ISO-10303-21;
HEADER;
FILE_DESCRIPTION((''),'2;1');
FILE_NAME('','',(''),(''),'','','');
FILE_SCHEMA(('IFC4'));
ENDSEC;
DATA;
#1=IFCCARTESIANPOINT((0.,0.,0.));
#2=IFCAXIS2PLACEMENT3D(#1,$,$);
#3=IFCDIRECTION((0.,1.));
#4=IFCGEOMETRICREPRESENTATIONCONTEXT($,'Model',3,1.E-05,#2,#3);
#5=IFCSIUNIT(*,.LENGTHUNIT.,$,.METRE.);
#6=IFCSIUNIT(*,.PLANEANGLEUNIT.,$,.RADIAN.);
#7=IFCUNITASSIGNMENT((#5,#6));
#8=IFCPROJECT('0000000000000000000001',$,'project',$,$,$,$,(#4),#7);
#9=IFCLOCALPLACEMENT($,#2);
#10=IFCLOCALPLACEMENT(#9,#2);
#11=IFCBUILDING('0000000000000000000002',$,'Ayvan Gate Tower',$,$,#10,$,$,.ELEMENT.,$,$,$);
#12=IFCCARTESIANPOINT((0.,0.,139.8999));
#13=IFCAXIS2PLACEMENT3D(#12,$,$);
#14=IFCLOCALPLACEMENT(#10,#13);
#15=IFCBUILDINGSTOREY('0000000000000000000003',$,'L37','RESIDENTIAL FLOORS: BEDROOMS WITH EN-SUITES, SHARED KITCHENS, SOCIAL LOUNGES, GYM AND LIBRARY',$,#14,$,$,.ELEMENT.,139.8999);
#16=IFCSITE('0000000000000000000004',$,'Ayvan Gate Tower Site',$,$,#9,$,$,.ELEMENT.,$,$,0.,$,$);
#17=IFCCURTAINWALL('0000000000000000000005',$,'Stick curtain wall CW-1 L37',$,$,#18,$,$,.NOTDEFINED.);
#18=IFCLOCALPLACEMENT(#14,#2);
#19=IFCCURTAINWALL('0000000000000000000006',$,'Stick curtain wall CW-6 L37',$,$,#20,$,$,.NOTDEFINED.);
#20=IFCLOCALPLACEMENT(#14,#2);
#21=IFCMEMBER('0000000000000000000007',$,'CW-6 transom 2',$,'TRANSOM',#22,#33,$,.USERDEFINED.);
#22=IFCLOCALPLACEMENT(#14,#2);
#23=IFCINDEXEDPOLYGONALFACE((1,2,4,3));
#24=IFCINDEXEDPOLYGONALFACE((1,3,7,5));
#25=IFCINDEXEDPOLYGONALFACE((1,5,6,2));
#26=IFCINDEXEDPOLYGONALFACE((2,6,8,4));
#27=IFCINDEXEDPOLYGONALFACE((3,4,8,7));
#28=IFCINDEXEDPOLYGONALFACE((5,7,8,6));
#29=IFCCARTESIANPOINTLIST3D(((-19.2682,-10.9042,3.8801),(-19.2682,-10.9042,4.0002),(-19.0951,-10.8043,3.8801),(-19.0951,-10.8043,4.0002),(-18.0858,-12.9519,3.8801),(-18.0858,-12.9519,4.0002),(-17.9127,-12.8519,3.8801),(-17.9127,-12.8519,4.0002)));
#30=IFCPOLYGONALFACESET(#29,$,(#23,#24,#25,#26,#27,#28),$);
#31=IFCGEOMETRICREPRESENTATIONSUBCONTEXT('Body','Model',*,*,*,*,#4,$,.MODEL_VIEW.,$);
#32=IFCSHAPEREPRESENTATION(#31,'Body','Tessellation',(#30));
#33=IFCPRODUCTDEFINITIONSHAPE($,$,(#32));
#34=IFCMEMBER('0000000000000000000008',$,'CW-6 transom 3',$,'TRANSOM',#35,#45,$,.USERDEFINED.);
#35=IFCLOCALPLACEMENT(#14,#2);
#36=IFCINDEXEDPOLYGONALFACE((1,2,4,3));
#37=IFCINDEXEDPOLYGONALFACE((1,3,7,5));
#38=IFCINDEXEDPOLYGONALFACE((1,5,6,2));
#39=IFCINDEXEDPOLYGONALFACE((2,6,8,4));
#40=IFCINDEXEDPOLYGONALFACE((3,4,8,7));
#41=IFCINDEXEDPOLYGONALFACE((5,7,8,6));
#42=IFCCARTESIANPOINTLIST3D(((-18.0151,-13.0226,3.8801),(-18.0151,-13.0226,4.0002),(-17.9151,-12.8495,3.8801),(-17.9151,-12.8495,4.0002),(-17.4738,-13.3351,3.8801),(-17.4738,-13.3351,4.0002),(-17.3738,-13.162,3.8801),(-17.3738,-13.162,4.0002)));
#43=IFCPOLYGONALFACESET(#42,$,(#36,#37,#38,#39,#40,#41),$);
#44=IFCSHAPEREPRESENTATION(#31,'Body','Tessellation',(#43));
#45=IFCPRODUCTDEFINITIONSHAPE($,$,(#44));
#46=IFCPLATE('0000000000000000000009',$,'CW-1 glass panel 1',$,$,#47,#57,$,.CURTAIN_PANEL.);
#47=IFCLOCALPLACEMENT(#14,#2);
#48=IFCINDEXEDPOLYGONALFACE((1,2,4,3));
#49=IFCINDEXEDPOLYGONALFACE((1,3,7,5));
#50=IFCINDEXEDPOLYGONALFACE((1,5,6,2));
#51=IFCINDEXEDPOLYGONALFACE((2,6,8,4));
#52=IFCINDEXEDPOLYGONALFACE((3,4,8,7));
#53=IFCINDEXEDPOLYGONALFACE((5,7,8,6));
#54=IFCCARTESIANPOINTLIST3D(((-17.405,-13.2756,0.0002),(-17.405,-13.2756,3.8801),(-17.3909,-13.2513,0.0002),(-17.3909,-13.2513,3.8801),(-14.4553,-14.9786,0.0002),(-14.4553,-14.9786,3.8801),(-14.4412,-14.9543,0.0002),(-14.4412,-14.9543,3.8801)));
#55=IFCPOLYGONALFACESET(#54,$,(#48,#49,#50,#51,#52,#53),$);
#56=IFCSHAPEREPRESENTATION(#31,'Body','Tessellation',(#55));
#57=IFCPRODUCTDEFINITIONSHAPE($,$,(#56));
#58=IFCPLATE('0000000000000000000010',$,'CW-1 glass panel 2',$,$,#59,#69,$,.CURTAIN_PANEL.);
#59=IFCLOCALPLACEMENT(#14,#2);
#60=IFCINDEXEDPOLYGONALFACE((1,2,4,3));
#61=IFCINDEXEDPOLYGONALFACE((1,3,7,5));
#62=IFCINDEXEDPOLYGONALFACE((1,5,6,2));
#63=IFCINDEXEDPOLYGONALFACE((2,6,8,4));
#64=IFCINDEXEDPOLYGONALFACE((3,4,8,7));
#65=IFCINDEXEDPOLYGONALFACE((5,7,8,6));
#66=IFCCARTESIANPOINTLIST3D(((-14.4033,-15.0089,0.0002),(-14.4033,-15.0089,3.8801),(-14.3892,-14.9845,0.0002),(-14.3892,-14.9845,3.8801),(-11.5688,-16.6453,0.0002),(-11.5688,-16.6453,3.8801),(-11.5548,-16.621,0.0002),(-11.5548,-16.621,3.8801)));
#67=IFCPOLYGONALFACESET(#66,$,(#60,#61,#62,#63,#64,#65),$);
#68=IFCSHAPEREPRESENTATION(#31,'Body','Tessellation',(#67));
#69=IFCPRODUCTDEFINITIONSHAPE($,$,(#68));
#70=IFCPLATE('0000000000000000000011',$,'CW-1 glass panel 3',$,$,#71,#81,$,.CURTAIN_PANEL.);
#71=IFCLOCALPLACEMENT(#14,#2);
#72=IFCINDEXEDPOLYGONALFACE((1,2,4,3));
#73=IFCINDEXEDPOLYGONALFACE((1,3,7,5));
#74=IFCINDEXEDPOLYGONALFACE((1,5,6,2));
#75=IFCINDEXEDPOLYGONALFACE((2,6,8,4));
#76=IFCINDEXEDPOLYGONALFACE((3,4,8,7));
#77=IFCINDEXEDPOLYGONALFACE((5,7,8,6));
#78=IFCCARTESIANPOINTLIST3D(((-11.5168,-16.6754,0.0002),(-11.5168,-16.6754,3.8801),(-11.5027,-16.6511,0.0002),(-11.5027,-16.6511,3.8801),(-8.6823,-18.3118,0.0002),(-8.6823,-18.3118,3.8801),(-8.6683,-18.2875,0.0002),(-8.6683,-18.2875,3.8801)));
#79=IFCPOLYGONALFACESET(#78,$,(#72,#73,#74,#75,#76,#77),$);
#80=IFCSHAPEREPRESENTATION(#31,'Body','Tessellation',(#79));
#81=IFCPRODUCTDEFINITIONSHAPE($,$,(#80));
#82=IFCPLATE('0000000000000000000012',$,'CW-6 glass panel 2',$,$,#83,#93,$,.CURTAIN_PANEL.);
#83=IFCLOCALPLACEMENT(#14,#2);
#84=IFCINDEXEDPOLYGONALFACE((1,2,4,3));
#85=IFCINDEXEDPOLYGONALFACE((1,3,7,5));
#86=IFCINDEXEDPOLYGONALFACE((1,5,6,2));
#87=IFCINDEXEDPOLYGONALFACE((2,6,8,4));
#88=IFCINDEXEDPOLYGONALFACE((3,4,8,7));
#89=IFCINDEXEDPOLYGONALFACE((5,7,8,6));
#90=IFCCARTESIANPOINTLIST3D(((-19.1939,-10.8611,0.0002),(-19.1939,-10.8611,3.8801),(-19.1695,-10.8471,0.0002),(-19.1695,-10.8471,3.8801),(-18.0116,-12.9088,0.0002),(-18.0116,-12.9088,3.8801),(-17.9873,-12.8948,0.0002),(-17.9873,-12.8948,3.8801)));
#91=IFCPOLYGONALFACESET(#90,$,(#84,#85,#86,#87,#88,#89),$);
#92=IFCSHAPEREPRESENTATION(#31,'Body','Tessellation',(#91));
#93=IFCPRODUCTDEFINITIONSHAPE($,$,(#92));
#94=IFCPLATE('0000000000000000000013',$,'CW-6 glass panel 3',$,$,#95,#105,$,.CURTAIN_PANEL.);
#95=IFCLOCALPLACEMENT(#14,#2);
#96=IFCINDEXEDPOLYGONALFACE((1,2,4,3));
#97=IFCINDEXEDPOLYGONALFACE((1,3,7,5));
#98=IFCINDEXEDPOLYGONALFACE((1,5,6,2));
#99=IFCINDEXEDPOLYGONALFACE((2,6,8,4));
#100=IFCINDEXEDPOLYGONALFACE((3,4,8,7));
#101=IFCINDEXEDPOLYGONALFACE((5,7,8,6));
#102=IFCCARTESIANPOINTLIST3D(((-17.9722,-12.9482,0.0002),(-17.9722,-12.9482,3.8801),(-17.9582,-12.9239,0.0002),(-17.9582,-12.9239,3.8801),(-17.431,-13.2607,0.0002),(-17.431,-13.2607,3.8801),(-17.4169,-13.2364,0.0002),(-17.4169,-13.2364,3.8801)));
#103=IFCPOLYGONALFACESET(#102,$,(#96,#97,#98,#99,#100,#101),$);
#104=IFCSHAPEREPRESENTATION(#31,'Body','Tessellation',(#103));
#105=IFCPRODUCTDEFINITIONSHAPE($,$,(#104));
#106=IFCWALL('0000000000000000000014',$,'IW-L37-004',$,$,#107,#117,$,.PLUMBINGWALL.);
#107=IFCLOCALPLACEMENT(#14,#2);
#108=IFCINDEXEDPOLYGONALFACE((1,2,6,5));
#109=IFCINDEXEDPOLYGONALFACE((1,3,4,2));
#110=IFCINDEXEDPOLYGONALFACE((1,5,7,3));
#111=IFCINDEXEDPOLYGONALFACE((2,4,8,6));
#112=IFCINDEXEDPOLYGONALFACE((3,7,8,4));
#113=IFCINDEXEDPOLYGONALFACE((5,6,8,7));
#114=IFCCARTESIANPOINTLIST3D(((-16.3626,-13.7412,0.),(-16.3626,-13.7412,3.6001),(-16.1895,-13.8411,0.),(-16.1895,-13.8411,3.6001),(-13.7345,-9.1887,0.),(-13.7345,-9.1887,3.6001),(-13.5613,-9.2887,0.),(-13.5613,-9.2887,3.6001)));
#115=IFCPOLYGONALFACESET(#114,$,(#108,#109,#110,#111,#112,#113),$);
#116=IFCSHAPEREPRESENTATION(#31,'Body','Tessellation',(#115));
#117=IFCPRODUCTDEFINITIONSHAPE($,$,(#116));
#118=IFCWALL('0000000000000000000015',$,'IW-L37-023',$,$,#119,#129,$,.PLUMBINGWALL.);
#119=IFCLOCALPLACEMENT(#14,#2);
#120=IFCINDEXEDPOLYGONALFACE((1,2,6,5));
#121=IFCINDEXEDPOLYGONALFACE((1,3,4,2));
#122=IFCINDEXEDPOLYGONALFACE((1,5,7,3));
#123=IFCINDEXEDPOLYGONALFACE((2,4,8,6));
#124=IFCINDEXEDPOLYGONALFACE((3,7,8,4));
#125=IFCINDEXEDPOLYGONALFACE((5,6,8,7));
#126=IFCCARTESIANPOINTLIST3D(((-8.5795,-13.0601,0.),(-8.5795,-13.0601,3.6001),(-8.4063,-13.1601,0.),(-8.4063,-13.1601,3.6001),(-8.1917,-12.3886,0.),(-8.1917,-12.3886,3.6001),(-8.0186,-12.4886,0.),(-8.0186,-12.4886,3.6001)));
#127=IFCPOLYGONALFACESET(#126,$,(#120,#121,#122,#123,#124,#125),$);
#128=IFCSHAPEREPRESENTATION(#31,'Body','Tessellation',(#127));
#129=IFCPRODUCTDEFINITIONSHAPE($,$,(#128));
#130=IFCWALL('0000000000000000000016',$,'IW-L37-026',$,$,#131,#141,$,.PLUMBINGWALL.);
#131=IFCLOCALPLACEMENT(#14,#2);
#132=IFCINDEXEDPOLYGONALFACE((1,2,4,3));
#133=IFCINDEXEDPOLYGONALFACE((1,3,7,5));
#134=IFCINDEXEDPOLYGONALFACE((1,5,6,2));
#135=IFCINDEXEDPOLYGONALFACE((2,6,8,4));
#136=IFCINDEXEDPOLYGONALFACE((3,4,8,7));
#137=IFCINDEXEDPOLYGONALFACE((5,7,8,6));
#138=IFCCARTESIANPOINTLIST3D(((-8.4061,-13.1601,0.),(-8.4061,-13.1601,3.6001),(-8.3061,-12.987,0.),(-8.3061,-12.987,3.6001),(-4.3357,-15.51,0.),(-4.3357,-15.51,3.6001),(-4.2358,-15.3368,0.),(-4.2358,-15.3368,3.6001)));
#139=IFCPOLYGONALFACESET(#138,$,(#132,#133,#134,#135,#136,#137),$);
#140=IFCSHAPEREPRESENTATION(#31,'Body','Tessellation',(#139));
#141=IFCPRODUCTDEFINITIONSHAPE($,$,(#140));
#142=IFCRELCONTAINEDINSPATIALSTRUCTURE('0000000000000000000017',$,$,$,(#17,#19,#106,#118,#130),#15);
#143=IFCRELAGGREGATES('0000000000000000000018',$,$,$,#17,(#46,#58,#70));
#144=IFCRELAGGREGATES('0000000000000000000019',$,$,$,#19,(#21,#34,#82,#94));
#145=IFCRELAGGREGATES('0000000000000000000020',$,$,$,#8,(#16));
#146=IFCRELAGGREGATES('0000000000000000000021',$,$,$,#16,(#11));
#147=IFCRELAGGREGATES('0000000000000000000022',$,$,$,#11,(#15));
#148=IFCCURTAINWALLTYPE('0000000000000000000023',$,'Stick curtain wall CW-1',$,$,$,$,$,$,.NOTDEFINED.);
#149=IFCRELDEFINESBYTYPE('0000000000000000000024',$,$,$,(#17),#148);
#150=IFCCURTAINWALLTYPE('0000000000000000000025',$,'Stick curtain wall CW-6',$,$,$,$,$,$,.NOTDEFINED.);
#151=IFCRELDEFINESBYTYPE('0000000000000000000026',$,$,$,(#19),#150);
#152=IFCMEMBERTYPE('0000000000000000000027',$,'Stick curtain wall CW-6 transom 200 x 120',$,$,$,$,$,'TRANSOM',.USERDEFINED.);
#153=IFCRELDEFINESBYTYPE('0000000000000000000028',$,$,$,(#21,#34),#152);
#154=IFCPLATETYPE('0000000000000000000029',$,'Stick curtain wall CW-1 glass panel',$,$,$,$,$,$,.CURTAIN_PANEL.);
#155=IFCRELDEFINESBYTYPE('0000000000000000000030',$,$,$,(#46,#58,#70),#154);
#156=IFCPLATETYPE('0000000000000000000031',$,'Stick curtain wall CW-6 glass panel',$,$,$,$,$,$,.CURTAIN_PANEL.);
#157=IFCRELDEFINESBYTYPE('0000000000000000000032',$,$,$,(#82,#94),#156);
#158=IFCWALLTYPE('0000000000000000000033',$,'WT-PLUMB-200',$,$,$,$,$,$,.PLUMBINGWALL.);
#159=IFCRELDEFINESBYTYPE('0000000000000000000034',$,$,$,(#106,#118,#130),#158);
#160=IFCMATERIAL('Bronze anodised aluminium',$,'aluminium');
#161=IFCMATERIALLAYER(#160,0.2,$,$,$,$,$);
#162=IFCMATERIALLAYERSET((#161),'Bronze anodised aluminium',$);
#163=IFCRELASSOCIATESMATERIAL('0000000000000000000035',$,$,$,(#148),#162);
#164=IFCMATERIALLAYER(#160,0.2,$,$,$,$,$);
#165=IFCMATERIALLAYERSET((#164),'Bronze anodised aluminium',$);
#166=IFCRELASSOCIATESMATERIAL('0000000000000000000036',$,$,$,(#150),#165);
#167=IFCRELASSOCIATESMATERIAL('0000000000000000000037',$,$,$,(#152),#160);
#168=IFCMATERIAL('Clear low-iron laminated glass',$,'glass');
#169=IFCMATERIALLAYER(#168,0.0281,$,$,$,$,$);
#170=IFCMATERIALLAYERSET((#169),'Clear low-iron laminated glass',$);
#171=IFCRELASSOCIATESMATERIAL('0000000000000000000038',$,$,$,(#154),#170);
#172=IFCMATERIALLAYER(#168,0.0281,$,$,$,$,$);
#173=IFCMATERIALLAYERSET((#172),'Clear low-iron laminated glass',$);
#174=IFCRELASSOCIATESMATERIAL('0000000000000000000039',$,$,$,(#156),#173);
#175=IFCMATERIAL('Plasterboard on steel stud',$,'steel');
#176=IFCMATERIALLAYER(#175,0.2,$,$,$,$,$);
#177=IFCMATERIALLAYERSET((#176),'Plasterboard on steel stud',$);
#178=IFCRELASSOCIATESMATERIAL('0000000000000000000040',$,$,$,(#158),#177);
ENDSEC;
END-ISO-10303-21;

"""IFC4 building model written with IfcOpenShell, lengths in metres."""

from ifc_helpers import new_model, si_unit, direction, frame, frame_2d, origin, origin_2d, place, context, subcontext, project, spatial, rectangle, extrude, material, layer, layer_set, material_profile, profile_set, type_object, element, aggregate, save


model = new_model("IFC4")

# Units and contexts
model_context = context("Model", 3, precision=1e-05, world=origin(), true_north=direction((0.0, 1.0)))
body_context = subcontext(model_context, "Body", "Model", "MODEL_VIEW")
ifc_project = project(units=[si_unit("LENGTHUNIT", "METRE"), si_unit("PLANEANGLEUNIT", "RADIAN")], contexts=[model_context])

# Site, building, storey
site_placement = place(None, origin())
site = spatial("IfcSite", under=ifc_project, at=site_placement, Name="Ayvan Gate Tower Site", CompositionType="ELEMENT", RefElevation=0.0)
building_placement = place(site_placement, origin())
building = spatial("IfcBuilding", under=site, at=building_placement, Name="Ayvan Gate Tower", CompositionType="ELEMENT")
storey_placement = place(building_placement, frame((0.0, 0.0, 139.8999)))
storey = spatial("IfcBuildingStorey", under=building, at=storey_placement, Name="L37", Description="RESIDENTIAL FLOORS: BEDROOMS WITH EN-SUITES, SHARED KITCHENS, SOCIAL LOUNGES, GYM AND LIBRARY", CompositionType="ELEMENT", Elevation=139.8999)

# Curtain walls, members
ifc_material_1 = material(Name="Bronze anodised aluminium", Category="aluminium")
ifc_layer_1 = layer(ifc_material_1, 0.2)
ifc_layer_set_1 = layer_set([ifc_layer_1], Name="Bronze anodised aluminium")
curtain_wall_type_1 = type_object("IfcCurtainWallType", Name="Stick curtain wall CW-1", PredefinedType="NOTDEFINED", material=ifc_layer_set_1)
curtain_wall_1_placement = place(storey_placement, origin())
curtain_wall_1 = element("IfcCurtainWall", 1, at=curtain_wall_1_placement, inside=storey, type_object=curtain_wall_type_1, Name="Stick curtain wall CW-1 L37", PredefinedType="NOTDEFINED")
ifc_layer_2 = layer(ifc_material_1, 0.2)
ifc_layer_set_2 = layer_set([ifc_layer_2], Name="Bronze anodised aluminium")
curtain_wall_type_2 = type_object("IfcCurtainWallType", Name="Stick curtain wall CW-6", PredefinedType="NOTDEFINED", material=ifc_layer_set_2)
curtain_wall_2_placement = place(storey_placement, origin())
curtain_wall_2 = element("IfcCurtainWall", 2, at=curtain_wall_2_placement, inside=storey, type_object=curtain_wall_type_2, Name="Stick curtain wall CW-6 L37", PredefinedType="NOTDEFINED")
ifc_material_profile_1 = material_profile(ifc_material_1, rectangle(XDim=0.2, YDim=0.1201, at=origin_2d()), Name="Stick curtain wall CW-6 transom 200 x 120")
ifc_profile_set_1 = profile_set([ifc_material_profile_1], Name="Bronze anodised aluminium")
member_type_1 = type_object("IfcMemberType", Name="Stick curtain wall CW-6 transom 200 x 120", ElementType="TRANSOM", PredefinedType="USERDEFINED", material=ifc_profile_set_1)
member_1_placement = place(storey_placement, frame((-19.1816, -10.8542, 3.9402), z_axis=(0.500059, -0.865991, 0.0), x_axis=(0.865991, 0.500059, 0.0)))
member_1 = element("IfcMember", 3, at=member_1_placement, type_object=member_type_1, Name="CW-6 transom 2", ObjectType="TRANSOM", PredefinedType="USERDEFINED", context=body_context, shape_type="SweptSolid", body=[
    extrude(rectangle(XDim=0.2, YDim=0.1201, at=origin_2d()), origin(), (0.0, 0.0, 1.0), 2.3645),
])
member_2_placement = place(storey_placement, frame((-17.9651, -12.936, 3.9402), z_axis=(0.866023, -0.500004, 0.0), x_axis=(0.500004, 0.866023, 0.0)))
member_2 = element("IfcMember", 4, at=member_2_placement, type_object=member_type_1, Name="CW-6 transom 3", ObjectType="TRANSOM", PredefinedType="USERDEFINED", context=body_context, shape_type="SweptSolid", body=[
    extrude(rectangle(XDim=0.2, YDim=0.1201, at=origin_2d()), origin(), (0.0, 0.0, 1.0), 0.625),
])

# Plates
ifc_material_2 = material(Name="Clear low-iron laminated glass", Category="glass")
ifc_layer_3 = layer(ifc_material_2, 0.0281)
ifc_layer_set_3 = layer_set([ifc_layer_3], Name="Clear low-iron laminated glass")
plate_type_1 = type_object("IfcPlateType", Name="Stick curtain wall CW-1 glass panel", PredefinedType="CURTAIN_PANEL", material=ifc_layer_set_3)
plate_1_placement = place(storey_placement, frame((-15.9231, -14.115, 0.0002), z_axis=(0.0, 0.0, 1.0), x_axis=(0.866025, -0.5, 0.0)))
plate_1 = element("IfcPlate", 5, at=plate_1_placement, type_object=plate_type_1, Name="CW-1 glass panel 1", PredefinedType="CURTAIN_PANEL", context=body_context, shape_type="SweptSolid", body=[
    extrude(rectangle(XDim=3.406, YDim=0.0281, at=origin_2d()), origin(), (0.0, 0.0, 1.0), 3.8799),
])
plate_2_placement = place(storey_placement, frame((-12.979, -15.8149, 0.0002), z_axis=(0.0, 0.0, 1.0), x_axis=(0.866025, -0.5, 0.0)))
plate_2 = element("IfcPlate", 6, at=plate_2_placement, type_object=plate_type_1, Name="CW-1 glass panel 2", PredefinedType="CURTAIN_PANEL", context=body_context, shape_type="SweptSolid", body=[
    extrude(rectangle(XDim=3.2729, YDim=0.0281, at=origin_2d()), origin(), (0.0, 0.0, 1.0), 3.8799),
])
plate_3_placement = place(storey_placement, frame((-10.0925, -17.4814, 0.0002), z_axis=(0.0, 0.0, 1.0), x_axis=(0.866025, -0.5, 0.0)))
plate_3 = element("IfcPlate", 7, at=plate_3_placement, type_object=plate_type_1, Name="CW-1 glass panel 3", PredefinedType="CURTAIN_PANEL", context=body_context, shape_type="SweptSolid", body=[
    extrude(rectangle(XDim=3.2729, YDim=0.0281, at=origin_2d()), origin(), (0.0, 0.0, 1.0), 3.8799),
])
aggregate(curtain_wall_1, [plate_1, plate_2, plate_3])
ifc_layer_4 = layer(ifc_material_2, 0.0281)
ifc_layer_set_4 = layer_set([ifc_layer_4], Name="Clear low-iron laminated glass")
plate_type_2 = type_object("IfcPlateType", Name="Stick curtain wall CW-6 glass panel", PredefinedType="CURTAIN_PANEL", material=ifc_layer_set_4)
plate_4_placement = place(storey_placement, frame((-18.5906, -11.8779, 0.0002), z_axis=(0.0, 0.0, 1.0), x_axis=(0.5, -0.866025, 0.0)))
plate_4 = element("IfcPlate", 8, at=plate_4_placement, type_object=plate_type_2, Name="CW-6 glass panel 2", PredefinedType="CURTAIN_PANEL", context=body_context, shape_type="SweptSolid", body=[
    extrude(rectangle(XDim=2.3645, YDim=0.0281, at=origin_2d()), origin(), (0.0, 0.0, 1.0), 3.8799),
])
plate_5_placement = place(storey_placement, frame((-17.6946, -13.0923, 0.0002), z_axis=(0.0, 0.0, 1.0), x_axis=(0.866025, -0.5, 0.0)))
plate_5 = element("IfcPlate", 9, at=plate_5_placement, type_object=plate_type_2, Name="CW-6 glass panel 3", PredefinedType="CURTAIN_PANEL", context=body_context, shape_type="SweptSolid", body=[
    extrude(rectangle(XDim=0.625, YDim=0.0281, at=origin_2d()), origin(), (0.0, 0.0, 1.0), 3.8799),
])
aggregate(curtain_wall_2, [member_1, member_2, plate_4, plate_5])

# Walls
ifc_material_3 = material(Name="Plasterboard on steel stud", Category="steel")
ifc_layer_5 = layer(ifc_material_3, 0.2)
ifc_layer_set_5 = layer_set([ifc_layer_5], Name="Plasterboard on steel stud")
wall_type = type_object("IfcWallType", Name="WT-PLUMB-200", PredefinedType="PLUMBINGWALL", material=ifc_layer_set_5)
wall_1_placement = place(storey_placement, frame((-16.2761, -13.7913, 0.0), z_axis=(0.0, 0.0, 1.0), x_axis=(0.49997, 0.866043, 0.0)))
element("IfcWall", 10, at=wall_1_placement, inside=storey, type_object=wall_type, Name="IW-L37-004", PredefinedType="PLUMBINGWALL", context=body_context, shape_type="SweptSolid", body=[
    extrude(rectangle(XDim=5.2566, YDim=0.2, at=frame_2d((2.6284, 0.0))), origin(), (0.0, 0.0, 1.0), 3.6001),
])
wall_2_placement = place(storey_placement, frame((-8.4929, -13.1101, 0.0), z_axis=(0.0, 0.0, 1.0), x_axis=(0.500068, 0.865986, 0.0)))
element("IfcWall", 11, at=wall_2_placement, inside=storey, type_object=wall_type, Name="IW-L37-023", PredefinedType="PLUMBINGWALL", context=body_context, shape_type="SweptSolid", body=[
    extrude(rectangle(XDim=0.7754, YDim=0.2, at=frame_2d((0.3877, 0.0))), origin(), (0.0, 0.0, 1.0), 3.6001),
])
wall_3_placement = place(storey_placement, frame((-8.3562, -13.0735, 0.0), z_axis=(0.0, 0.0, 1.0), x_axis=(0.866039, -0.499977, 0.0)))
element("IfcWall", 12, at=wall_3_placement, inside=storey, type_object=wall_type, Name="IW-L37-026", PredefinedType="PLUMBINGWALL", context=body_context, shape_type="SweptSolid", body=[
    extrude(rectangle(XDim=4.7, YDim=0.2, at=frame_2d((2.3501, 0.0))), origin(), (0.0, 0.0, 1.0), 3.6001),
])

save(model, "model.ifc")
